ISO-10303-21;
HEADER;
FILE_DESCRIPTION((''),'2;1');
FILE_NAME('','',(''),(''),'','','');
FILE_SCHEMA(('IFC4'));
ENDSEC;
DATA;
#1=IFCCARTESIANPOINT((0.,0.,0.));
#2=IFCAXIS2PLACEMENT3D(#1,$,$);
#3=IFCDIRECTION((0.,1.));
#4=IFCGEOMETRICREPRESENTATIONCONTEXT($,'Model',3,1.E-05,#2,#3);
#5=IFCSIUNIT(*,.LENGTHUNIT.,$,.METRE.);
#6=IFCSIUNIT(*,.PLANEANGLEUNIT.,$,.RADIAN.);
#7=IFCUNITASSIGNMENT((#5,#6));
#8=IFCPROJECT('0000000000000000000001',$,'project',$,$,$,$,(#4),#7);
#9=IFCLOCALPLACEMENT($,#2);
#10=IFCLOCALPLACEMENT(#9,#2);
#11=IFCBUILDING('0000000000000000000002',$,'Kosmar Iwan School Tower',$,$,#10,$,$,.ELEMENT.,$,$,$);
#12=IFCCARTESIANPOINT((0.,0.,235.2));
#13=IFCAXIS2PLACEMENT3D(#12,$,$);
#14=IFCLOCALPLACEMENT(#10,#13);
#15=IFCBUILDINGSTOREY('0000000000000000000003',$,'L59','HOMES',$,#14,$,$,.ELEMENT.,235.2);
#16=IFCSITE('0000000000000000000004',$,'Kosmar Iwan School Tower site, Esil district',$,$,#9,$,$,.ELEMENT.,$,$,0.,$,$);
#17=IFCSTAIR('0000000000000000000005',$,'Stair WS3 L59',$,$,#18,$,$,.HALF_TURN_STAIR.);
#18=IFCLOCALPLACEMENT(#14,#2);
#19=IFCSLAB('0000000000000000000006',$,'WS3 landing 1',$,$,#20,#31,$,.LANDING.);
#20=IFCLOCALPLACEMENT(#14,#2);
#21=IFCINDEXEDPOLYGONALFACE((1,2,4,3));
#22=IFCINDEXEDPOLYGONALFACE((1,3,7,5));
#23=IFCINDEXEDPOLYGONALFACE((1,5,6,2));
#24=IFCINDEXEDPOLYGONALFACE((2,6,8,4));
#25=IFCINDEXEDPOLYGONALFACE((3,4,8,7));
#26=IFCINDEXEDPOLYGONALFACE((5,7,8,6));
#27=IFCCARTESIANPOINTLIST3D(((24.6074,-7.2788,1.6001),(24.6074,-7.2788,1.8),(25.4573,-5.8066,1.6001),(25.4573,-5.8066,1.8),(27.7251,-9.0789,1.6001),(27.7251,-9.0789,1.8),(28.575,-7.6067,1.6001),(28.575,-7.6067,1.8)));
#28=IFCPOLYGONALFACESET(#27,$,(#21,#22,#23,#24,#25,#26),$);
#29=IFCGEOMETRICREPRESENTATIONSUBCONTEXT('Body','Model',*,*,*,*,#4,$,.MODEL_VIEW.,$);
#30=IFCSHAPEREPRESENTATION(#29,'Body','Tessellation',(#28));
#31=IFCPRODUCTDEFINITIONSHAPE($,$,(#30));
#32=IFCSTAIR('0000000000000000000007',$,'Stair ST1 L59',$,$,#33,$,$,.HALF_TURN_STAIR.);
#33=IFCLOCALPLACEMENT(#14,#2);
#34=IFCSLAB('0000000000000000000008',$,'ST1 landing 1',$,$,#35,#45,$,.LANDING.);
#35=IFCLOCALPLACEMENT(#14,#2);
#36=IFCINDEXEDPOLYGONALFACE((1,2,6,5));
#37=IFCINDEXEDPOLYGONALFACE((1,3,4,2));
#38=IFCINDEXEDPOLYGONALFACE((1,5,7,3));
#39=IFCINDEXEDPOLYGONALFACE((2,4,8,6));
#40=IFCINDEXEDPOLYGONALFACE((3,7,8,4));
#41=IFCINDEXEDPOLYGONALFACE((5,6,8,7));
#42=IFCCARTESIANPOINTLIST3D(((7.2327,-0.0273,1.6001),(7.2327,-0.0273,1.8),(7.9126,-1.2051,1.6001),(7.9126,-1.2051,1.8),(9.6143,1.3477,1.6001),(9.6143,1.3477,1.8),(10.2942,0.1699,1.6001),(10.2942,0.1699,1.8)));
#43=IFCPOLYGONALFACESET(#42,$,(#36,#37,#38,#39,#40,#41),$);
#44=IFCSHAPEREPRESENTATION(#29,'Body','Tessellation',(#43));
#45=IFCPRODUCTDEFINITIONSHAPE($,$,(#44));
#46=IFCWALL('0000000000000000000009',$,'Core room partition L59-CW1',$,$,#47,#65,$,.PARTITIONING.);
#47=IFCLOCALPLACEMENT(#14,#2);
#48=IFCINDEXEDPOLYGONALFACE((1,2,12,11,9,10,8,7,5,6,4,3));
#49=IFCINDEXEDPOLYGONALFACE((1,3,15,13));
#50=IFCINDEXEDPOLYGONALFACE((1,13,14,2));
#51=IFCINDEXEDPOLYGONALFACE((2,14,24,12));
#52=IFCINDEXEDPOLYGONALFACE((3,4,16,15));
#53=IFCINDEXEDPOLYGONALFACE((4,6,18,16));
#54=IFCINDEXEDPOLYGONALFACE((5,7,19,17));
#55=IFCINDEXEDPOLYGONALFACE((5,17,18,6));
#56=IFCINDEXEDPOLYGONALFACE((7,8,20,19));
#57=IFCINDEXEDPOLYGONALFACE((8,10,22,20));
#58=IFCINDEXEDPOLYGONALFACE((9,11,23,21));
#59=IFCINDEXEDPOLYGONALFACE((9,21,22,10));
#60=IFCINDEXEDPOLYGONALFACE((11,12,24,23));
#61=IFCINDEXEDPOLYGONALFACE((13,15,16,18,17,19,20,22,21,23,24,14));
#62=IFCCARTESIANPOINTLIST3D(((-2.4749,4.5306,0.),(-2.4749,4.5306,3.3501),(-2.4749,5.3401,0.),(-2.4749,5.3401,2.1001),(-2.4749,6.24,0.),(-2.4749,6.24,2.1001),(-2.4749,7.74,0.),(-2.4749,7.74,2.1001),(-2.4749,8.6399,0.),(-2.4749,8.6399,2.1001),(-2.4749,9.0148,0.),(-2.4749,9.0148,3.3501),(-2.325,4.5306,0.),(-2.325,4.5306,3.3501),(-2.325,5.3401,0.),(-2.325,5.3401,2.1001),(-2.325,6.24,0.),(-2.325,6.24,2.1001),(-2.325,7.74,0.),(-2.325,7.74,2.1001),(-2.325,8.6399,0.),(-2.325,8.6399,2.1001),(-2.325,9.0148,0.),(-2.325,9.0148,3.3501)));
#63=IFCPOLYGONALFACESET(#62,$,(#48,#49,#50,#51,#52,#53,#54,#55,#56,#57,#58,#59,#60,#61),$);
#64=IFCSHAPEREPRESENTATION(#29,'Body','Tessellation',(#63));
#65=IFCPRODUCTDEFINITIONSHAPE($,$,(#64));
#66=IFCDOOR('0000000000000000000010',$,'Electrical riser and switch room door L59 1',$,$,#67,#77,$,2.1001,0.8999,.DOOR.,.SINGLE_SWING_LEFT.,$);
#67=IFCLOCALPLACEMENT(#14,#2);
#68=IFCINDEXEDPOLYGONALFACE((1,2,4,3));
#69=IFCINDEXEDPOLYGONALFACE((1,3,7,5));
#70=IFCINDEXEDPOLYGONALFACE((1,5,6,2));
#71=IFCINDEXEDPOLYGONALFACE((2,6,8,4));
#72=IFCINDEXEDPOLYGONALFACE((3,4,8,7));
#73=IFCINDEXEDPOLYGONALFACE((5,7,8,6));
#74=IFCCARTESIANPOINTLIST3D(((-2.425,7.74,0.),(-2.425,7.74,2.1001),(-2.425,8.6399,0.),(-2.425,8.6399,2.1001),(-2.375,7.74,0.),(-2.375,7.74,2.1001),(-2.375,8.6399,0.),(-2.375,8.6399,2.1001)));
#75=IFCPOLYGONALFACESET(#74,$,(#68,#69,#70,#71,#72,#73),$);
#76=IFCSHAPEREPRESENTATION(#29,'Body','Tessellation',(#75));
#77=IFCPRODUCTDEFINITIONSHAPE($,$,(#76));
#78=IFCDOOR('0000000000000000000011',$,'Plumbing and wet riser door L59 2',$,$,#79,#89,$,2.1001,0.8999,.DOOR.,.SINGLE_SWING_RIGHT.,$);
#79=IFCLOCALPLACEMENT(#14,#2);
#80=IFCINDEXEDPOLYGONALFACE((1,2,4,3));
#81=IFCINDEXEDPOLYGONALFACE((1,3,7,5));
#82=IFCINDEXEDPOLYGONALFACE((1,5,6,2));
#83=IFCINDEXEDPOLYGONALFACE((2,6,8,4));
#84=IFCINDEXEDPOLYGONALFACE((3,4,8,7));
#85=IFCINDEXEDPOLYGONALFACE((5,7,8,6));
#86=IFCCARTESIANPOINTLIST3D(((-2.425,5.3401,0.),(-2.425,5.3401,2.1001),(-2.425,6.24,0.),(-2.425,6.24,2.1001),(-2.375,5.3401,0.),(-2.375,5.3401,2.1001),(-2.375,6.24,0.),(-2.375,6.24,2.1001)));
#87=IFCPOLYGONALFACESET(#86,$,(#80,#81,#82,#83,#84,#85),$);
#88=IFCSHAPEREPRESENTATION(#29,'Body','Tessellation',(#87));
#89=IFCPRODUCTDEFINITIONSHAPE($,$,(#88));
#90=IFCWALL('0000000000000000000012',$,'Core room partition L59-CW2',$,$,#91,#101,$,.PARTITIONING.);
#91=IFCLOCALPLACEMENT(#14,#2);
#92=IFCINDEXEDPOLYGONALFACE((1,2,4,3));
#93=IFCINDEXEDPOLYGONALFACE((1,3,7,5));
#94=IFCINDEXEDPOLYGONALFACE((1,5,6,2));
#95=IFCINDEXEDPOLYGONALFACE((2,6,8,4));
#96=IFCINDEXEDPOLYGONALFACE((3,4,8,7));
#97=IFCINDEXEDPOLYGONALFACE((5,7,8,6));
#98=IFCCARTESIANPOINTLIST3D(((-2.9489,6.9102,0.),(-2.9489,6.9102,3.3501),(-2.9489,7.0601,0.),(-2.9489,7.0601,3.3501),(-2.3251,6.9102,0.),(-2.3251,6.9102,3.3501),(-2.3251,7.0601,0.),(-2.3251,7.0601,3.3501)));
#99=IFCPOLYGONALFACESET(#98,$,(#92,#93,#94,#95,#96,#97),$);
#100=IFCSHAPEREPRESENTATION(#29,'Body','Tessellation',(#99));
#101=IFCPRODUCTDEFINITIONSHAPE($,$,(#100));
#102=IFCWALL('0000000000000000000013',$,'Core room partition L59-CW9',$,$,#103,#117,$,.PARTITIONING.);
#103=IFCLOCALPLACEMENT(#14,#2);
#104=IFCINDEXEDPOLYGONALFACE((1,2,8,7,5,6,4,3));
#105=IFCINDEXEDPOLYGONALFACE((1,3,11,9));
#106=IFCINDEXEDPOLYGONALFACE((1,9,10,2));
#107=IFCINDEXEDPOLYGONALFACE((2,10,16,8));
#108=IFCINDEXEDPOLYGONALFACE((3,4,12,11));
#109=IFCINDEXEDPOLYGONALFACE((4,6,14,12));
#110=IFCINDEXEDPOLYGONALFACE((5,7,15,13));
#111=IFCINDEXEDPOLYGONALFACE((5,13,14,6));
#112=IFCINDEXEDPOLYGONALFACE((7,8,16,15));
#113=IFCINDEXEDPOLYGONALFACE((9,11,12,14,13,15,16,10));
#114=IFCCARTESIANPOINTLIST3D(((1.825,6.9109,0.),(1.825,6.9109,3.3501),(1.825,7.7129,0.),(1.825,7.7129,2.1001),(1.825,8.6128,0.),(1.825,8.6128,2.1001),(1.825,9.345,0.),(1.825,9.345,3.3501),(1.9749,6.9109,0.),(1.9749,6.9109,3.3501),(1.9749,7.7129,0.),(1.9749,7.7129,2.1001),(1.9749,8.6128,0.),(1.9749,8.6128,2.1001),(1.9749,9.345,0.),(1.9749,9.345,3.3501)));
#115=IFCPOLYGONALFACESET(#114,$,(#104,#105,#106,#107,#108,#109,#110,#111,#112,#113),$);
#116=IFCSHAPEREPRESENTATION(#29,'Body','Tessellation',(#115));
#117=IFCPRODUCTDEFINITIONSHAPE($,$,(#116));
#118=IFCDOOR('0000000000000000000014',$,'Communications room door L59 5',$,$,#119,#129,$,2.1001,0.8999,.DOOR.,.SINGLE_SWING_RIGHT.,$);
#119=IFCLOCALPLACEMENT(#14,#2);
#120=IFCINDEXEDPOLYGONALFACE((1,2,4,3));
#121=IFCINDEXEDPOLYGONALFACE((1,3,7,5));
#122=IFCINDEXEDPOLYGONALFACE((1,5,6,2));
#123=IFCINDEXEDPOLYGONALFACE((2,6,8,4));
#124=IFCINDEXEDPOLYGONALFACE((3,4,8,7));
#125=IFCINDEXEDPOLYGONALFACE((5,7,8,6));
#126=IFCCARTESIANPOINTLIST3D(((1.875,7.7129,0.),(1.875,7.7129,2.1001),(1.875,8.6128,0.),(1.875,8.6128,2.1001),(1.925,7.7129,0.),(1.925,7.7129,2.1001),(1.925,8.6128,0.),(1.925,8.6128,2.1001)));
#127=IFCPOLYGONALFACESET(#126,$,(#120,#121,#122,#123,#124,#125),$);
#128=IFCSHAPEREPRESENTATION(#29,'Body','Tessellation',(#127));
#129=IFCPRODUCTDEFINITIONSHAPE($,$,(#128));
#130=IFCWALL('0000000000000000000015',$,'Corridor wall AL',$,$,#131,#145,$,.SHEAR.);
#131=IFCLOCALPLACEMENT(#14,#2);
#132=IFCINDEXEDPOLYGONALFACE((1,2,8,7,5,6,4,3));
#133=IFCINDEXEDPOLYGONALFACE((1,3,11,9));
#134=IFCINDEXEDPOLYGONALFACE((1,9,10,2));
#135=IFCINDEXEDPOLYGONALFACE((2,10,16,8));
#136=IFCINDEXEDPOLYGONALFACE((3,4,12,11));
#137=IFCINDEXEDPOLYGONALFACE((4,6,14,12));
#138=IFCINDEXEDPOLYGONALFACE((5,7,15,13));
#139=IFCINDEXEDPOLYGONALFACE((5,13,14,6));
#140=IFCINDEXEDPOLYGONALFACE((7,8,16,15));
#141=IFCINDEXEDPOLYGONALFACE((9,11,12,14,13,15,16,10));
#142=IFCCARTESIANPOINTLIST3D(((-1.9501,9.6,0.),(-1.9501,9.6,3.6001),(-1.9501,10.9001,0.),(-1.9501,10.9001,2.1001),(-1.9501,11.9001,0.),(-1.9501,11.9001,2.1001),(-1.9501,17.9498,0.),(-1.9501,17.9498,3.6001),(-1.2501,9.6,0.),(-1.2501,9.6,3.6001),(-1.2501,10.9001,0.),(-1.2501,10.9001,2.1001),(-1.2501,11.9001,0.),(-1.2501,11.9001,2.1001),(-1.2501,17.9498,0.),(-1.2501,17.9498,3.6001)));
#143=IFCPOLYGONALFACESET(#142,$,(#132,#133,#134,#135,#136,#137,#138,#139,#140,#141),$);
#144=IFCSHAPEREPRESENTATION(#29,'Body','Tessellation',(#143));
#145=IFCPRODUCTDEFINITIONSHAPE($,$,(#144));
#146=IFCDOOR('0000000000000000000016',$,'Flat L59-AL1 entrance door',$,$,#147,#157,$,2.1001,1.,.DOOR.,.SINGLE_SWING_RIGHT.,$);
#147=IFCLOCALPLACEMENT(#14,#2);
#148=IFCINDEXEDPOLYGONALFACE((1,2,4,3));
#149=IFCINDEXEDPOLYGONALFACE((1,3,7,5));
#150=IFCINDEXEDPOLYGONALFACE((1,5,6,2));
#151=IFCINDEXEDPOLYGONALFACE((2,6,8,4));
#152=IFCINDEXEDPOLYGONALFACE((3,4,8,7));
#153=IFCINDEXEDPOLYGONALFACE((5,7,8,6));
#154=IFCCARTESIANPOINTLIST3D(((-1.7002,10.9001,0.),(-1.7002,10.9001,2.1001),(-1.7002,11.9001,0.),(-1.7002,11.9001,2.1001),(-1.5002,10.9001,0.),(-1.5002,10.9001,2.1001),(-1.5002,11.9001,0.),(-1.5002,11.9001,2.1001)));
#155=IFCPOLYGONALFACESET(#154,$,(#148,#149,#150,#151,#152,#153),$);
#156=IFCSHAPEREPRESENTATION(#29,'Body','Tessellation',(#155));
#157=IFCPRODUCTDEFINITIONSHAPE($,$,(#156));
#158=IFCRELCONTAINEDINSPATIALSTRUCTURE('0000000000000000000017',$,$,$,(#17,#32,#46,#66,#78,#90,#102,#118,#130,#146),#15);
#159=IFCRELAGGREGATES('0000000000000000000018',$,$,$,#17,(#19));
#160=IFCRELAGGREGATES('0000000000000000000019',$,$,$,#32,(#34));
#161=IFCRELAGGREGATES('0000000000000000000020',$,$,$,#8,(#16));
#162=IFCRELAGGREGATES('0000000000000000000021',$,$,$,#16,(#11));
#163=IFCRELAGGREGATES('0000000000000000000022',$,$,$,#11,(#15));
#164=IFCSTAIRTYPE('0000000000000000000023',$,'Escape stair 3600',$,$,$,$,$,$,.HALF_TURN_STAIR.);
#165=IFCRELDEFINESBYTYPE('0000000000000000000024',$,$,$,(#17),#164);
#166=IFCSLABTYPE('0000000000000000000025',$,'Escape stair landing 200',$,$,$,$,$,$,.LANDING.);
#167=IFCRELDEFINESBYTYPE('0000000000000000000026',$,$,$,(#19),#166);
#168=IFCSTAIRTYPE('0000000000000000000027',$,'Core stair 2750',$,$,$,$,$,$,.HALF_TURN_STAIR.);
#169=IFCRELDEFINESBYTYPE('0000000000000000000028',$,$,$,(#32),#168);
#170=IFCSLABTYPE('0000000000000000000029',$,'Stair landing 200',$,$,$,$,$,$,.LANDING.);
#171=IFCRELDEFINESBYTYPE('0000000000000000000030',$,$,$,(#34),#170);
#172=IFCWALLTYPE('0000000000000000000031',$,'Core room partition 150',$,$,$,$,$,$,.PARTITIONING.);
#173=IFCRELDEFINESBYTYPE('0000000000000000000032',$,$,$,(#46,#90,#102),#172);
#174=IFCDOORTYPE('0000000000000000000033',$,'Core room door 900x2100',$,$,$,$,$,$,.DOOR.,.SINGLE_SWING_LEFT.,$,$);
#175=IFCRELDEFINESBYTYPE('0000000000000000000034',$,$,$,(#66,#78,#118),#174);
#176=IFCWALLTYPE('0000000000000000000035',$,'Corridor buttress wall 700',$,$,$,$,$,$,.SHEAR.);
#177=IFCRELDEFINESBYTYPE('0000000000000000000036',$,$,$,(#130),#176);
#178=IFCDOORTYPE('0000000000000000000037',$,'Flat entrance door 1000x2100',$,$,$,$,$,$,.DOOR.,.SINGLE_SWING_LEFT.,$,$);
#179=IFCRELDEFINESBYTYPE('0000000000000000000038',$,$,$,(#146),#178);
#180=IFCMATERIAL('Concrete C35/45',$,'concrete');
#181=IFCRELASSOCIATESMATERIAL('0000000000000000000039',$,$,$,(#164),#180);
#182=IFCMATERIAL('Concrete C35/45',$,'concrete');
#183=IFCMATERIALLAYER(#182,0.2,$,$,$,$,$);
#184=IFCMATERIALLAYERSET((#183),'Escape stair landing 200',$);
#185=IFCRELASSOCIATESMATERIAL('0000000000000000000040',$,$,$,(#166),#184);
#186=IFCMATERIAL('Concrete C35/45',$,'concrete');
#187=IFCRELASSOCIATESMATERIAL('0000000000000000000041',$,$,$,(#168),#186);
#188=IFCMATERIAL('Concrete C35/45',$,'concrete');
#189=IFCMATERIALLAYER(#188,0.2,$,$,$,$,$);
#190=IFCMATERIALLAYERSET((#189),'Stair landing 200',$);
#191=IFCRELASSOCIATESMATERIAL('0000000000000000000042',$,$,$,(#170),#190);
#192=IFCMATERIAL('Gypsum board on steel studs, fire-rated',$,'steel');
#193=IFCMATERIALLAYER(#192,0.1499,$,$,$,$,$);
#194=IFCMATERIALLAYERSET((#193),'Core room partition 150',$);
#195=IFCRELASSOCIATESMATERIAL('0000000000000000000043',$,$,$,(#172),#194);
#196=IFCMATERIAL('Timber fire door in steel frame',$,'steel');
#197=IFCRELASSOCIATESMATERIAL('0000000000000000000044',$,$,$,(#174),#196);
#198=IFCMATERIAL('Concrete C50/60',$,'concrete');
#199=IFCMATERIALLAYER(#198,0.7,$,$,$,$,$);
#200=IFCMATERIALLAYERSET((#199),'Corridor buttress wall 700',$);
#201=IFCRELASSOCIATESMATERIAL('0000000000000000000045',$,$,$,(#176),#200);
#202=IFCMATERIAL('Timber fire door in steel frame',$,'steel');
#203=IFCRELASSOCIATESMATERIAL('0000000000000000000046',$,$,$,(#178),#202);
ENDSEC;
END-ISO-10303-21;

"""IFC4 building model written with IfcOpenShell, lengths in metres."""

from ifc_helpers import new_model, si_unit, direction, frame, frame_2d, origin, place, context, subcontext, project, spatial, polyline, rectangle, outline, extrude, material, layer, layer_set, type_object, element, fill, aggregate, save


model = new_model("IFC4")

# Units and contexts
model_context = context("Model", 3, precision=1e-05, world=origin(), true_north=direction((0.0, 1.0)))
body_context = subcontext(model_context, "Body", "Model", "MODEL_VIEW")
ifc_project = project(units=[si_unit("LENGTHUNIT", "METRE"), si_unit("PLANEANGLEUNIT", "RADIAN")], contexts=[model_context])

# Site, building, storey
site_placement = place(None, origin())
site = spatial("IfcSite", under=ifc_project, at=site_placement, Name="Kosmar Iwan School Tower site, Esil district", CompositionType="ELEMENT", RefElevation=0.0)
building_placement = place(site_placement, origin())
building = spatial("IfcBuilding", under=site, at=building_placement, Name="Kosmar Iwan School Tower", CompositionType="ELEMENT")
storey_placement = place(building_placement, frame((0.0, 0.0, 235.2)))
storey = spatial("IfcBuildingStorey", under=building, at=storey_placement, Name="L59", Description="HOMES", CompositionType="ELEMENT", Elevation=235.2)

# Stairs, slabs
ifc_material_1 = material(Name="Concrete C35/45", Category="concrete")
stair_type_1 = type_object("IfcStairType", Name="Escape stair 3600", PredefinedType="HALF_TURN_STAIR", material=ifc_material_1)
stair_1_placement = place(storey_placement, origin())
stair_1 = element("IfcStair", 1, at=stair_1_placement, inside=storey, type_object=stair_type_1, Name="Stair WS3 L59", PredefinedType="HALF_TURN_STAIR")
ifc_material_2 = material(Name="Concrete C35/45", Category="concrete")
ifc_layer_1 = layer(ifc_material_2, 0.2)
ifc_layer_set_1 = layer_set([ifc_layer_1], Name="Escape stair landing 200")
slab_type_1 = type_object("IfcSlabType", Name="Escape stair landing 200", PredefinedType="LANDING", material=ifc_layer_set_1)
slab_1_placement = place(storey_placement, frame((0.0, 0.0, 1.6001)))
slab_1 = element("IfcSlab", 2, at=slab_1_placement, type_object=slab_type_1, Name="WS3 landing 1", PredefinedType="LANDING", context=body_context, shape_type="SweptSolid", body=[
    extrude(outline(polyline([(24.6074, -7.2788), (27.7251, -9.0789), (28.575, -7.6067), (25.4573, -5.8066), (24.6074, -7.2788)])), origin(), (0.0, 0.0, 1.0), 0.2),
])
aggregate(stair_1, [slab_1])
ifc_material_3 = material(Name="Concrete C35/45", Category="concrete")
stair_type_2 = type_object("IfcStairType", Name="Core stair 2750", PredefinedType="HALF_TURN_STAIR", material=ifc_material_3)
stair_2_placement = place(storey_placement, origin())
stair_2 = element("IfcStair", 3, at=stair_2_placement, inside=storey, type_object=stair_type_2, Name="Stair ST1 L59", PredefinedType="HALF_TURN_STAIR")
ifc_material_4 = material(Name="Concrete C35/45", Category="concrete")
ifc_layer_2 = layer(ifc_material_4, 0.2)
ifc_layer_set_2 = layer_set([ifc_layer_2], Name="Stair landing 200")
slab_type_2 = type_object("IfcSlabType", Name="Stair landing 200", PredefinedType="LANDING", material=ifc_layer_set_2)
slab_2_placement = place(storey_placement, frame((0.0, 0.0, 1.6001)))
slab_2 = element("IfcSlab", 4, at=slab_2_placement, type_object=slab_type_2, Name="ST1 landing 1", PredefinedType="LANDING", context=body_context, shape_type="SweptSolid", body=[
    extrude(outline(polyline([(7.9126, -1.2051), (10.2942, 0.1699), (9.6143, 1.3477), (7.2327, -0.0273), (7.9126, -1.2051)])), origin(), (0.0, 0.0, 1.0), 0.2),
])
aggregate(stair_2, [slab_2])

# Wall, openings, doors
ifc_material_5 = material(Name="Gypsum board on steel studs, fire-rated", Category="steel")
ifc_layer_3 = layer(ifc_material_5, 0.1499)
ifc_layer_set_3 = layer_set([ifc_layer_3], Name="Core room partition 150")
wall_type_1 = type_object("IfcWallType", Name="Core room partition 150", PredefinedType="PARTITIONING", material=ifc_layer_set_3)
wall_1_placement = place(storey_placement, frame((-2.3999, 9.0149, 0.0), z_axis=(0.0, 0.0, 1.0), x_axis=(0.0, -1.0, 0.0)))
wall_1 = element("IfcWall", 5, at=wall_1_placement, inside=storey, type_object=wall_type_1, Name="Core room partition L59-CW1", PredefinedType="PARTITIONING", context=body_context, shape_type="SweptSolid", body=[
    extrude(rectangle(XDim=4.4841, YDim=0.1499, at=frame_2d((2.2422, 0.0))), origin(), (0.0, 0.0, 1.0), 3.3501),
])
opening_1_placement = place(wall_1_placement, frame((0.375, 0.0, 0.0)))
opening_1 = element("IfcOpeningElement", 6, at=opening_1_placement, cuts=wall_1, PredefinedType="OPENING", context=body_context, shape_type="SweptSolid", body=[
    extrude(rectangle(XDim=0.8999, YDim=2.1001, at=frame_2d((0.45, 1.05))), frame((0.0, 0.0869, 0.0), z_axis=(0.0, -1.0, 0.0), x_axis=(1.0, 0.0, 0.0)), (0.0, 0.0, 1.0), 0.1738),
])
opening_2_placement = place(wall_1_placement, frame((2.7749, 0.0, 0.0)))
opening_2 = element("IfcOpeningElement", 7, at=opening_2_placement, cuts=wall_1, PredefinedType="OPENING", context=body_context, shape_type="SweptSolid", body=[
    extrude(rectangle(XDim=0.8999, YDim=2.1001, at=frame_2d((0.45, 1.05))), frame((0.0, 0.0869, 0.0), z_axis=(0.0, -1.0, 0.0), x_axis=(1.0, 0.0, 0.0)), (0.0, 0.0, 1.0), 0.1738),
])
ifc_material_6 = material(Name="Timber fire door in steel frame", Category="steel")
door_type_1 = type_object("IfcDoorType", Name="Core room door 900x2100", OperationType="SINGLE_SWING_LEFT", PredefinedType="DOOR", material=ifc_material_6)
door_1_placement = place(opening_1_placement, origin())
door_1 = element("IfcDoor", 8, at=door_1_placement, inside=storey, type_object=door_type_1, Name="Electrical riser and switch room door L59 1", OperationType="SINGLE_SWING_LEFT", OverallHeight=2.1001, OverallWidth=0.8999, PredefinedType="DOOR", context=body_context, shape_type="SweptSolid", body=[
    extrude(rectangle(XDim=0.8999, YDim=2.1001, at=frame_2d((0.45, 1.05))), frame((0.0, 0.0249, 0.0), z_axis=(0.0, -1.0, 0.0), x_axis=(1.0, 0.0, 0.0)), (0.0, 0.0, 1.0), 0.05),
])
fill(opening_1, door_1)
door_2_placement = place(opening_2_placement, origin())
door_2 = element("IfcDoor", 9, at=door_2_placement, inside=storey, type_object=door_type_1, Name="Plumbing and wet riser door L59 2", OperationType="SINGLE_SWING_RIGHT", OverallHeight=2.1001, OverallWidth=0.8999, PredefinedType="DOOR", context=body_context, shape_type="SweptSolid", body=[
    extrude(rectangle(XDim=0.8999, YDim=2.1001, at=frame_2d((0.45, 1.05))), frame((0.0, 0.0249, 0.0), z_axis=(0.0, -1.0, 0.0), x_axis=(1.0, 0.0, 0.0)), (0.0, 0.0, 1.0), 0.05),
])
fill(opening_2, door_2)

# Wall
wall_2_placement = place(storey_placement, frame((-2.325, 6.9851, 0.0), z_axis=(0.0, 0.0, 1.0), x_axis=(-1.0, 0.0, 0.0)))
element("IfcWall", 10, at=wall_2_placement, inside=storey, type_object=wall_type_1, Name="Core room partition L59-CW2", PredefinedType="PARTITIONING", context=body_context, shape_type="SweptSolid", body=[
    extrude(rectangle(XDim=0.6238, YDim=0.1499, at=frame_2d((0.312, 0.0))), origin(), (0.0, 0.0, 1.0), 3.3501),
])

# Walls, openings, doors
wall_3_placement = place(storey_placement, frame((1.8999, 6.9109, 0.0), z_axis=(0.0, 0.0, 1.0), x_axis=(0.0, 1.0, 0.0)))
wall_3 = element("IfcWall", 11, at=wall_3_placement, inside=storey, type_object=wall_type_1, Name="Core room partition L59-CW9", PredefinedType="PARTITIONING", context=body_context, shape_type="SweptSolid", body=[
    extrude(rectangle(XDim=2.4341, YDim=0.1499, at=frame_2d((1.217, 0.0))), origin(), (0.0, 0.0, 1.0), 3.3501),
])
opening_3_placement = place(wall_3_placement, frame((0.802, 0.0, 0.0)))
opening_3 = element("IfcOpeningElement", 12, at=opening_3_placement, cuts=wall_3, PredefinedType="OPENING", context=body_context, shape_type="SweptSolid", body=[
    extrude(rectangle(XDim=0.8999, YDim=2.1001, at=frame_2d((0.45, 1.05))), frame((0.0, 0.0869, 0.0), z_axis=(0.0, -1.0, 0.0), x_axis=(1.0, 0.0, 0.0)), (0.0, 0.0, 1.0), 0.1738),
])
door_3_placement = place(opening_3_placement, origin())
door_3 = element("IfcDoor", 13, at=door_3_placement, inside=storey, type_object=door_type_1, Name="Communications room door L59 5", OperationType="SINGLE_SWING_RIGHT", OverallHeight=2.1001, OverallWidth=0.8999, PredefinedType="DOOR", context=body_context, shape_type="SweptSolid", body=[
    extrude(rectangle(XDim=0.8999, YDim=2.1001, at=frame_2d((0.45, 1.05))), frame((0.0, 0.0249, 0.0), z_axis=(0.0, -1.0, 0.0), x_axis=(1.0, 0.0, 0.0)), (0.0, 0.0, 1.0), 0.05),
])
fill(opening_3, door_3)
ifc_material_7 = material(Name="Concrete C50/60", Category="concrete")
ifc_layer_4 = layer(ifc_material_7, 0.7)
ifc_layer_set_4 = layer_set([ifc_layer_4], Name="Corridor buttress wall 700")
wall_type_2 = type_object("IfcWallType", Name="Corridor buttress wall 700", PredefinedType="SHEAR", material=ifc_layer_set_4)
wall_4_placement = place(storey_placement, frame((-1.6001, 9.6001, 0.0), z_axis=(0.0, 0.0, 1.0), x_axis=(0.0, 1.0, 0.0)))
wall_4 = element("IfcWall", 14, at=wall_4_placement, inside=storey, type_object=wall_type_2, Name="Corridor wall AL", PredefinedType="SHEAR", context=body_context, shape_type="SweptSolid", body=[
    extrude(rectangle(XDim=8.3499, YDim=0.7, at=frame_2d((4.1748, 0.0))), origin(), (0.0, 0.0, 1.0), 3.6001),
])
opening_4_placement = place(wall_4_placement, frame((1.3, 0.0, 0.0)))
opening_4 = element("IfcOpeningElement", 15, at=opening_4_placement, cuts=wall_4, PredefinedType="OPENING", context=body_context, shape_type="SweptSolid", body=[
    extrude(rectangle(XDim=1.0, YDim=2.1001, at=frame_2d((0.5, 1.05))), frame((0.0, 0.3621, 0.0), z_axis=(0.0, -1.0, 0.0), x_axis=(1.0, 0.0, 0.0)), (0.0, 0.0, 1.0), 0.7239),
])
ifc_material_8 = material(Name="Timber fire door in steel frame", Category="steel")
door_type_2 = type_object("IfcDoorType", Name="Flat entrance door 1000x2100", OperationType="SINGLE_SWING_LEFT", PredefinedType="DOOR", material=ifc_material_8)
door_4_placement = place(opening_4_placement, origin())
door_4 = element("IfcDoor", 16, at=door_4_placement, inside=storey, type_object=door_type_2, Name="Flat L59-AL1 entrance door", OperationType="SINGLE_SWING_RIGHT", OverallHeight=2.1001, OverallWidth=1.0, PredefinedType="DOOR", context=body_context, shape_type="SweptSolid", body=[
    extrude(rectangle(XDim=1.0, YDim=2.1001, at=frame_2d((0.5, 1.05))), frame((0.0, 0.1001, 0.0), z_axis=(0.0, -1.0, 0.0), x_axis=(1.0, 0.0, 0.0)), (0.0, 0.0, 1.0), 0.2),
])
fill(opening_4, door_4)

save(model, "model.ifc")
